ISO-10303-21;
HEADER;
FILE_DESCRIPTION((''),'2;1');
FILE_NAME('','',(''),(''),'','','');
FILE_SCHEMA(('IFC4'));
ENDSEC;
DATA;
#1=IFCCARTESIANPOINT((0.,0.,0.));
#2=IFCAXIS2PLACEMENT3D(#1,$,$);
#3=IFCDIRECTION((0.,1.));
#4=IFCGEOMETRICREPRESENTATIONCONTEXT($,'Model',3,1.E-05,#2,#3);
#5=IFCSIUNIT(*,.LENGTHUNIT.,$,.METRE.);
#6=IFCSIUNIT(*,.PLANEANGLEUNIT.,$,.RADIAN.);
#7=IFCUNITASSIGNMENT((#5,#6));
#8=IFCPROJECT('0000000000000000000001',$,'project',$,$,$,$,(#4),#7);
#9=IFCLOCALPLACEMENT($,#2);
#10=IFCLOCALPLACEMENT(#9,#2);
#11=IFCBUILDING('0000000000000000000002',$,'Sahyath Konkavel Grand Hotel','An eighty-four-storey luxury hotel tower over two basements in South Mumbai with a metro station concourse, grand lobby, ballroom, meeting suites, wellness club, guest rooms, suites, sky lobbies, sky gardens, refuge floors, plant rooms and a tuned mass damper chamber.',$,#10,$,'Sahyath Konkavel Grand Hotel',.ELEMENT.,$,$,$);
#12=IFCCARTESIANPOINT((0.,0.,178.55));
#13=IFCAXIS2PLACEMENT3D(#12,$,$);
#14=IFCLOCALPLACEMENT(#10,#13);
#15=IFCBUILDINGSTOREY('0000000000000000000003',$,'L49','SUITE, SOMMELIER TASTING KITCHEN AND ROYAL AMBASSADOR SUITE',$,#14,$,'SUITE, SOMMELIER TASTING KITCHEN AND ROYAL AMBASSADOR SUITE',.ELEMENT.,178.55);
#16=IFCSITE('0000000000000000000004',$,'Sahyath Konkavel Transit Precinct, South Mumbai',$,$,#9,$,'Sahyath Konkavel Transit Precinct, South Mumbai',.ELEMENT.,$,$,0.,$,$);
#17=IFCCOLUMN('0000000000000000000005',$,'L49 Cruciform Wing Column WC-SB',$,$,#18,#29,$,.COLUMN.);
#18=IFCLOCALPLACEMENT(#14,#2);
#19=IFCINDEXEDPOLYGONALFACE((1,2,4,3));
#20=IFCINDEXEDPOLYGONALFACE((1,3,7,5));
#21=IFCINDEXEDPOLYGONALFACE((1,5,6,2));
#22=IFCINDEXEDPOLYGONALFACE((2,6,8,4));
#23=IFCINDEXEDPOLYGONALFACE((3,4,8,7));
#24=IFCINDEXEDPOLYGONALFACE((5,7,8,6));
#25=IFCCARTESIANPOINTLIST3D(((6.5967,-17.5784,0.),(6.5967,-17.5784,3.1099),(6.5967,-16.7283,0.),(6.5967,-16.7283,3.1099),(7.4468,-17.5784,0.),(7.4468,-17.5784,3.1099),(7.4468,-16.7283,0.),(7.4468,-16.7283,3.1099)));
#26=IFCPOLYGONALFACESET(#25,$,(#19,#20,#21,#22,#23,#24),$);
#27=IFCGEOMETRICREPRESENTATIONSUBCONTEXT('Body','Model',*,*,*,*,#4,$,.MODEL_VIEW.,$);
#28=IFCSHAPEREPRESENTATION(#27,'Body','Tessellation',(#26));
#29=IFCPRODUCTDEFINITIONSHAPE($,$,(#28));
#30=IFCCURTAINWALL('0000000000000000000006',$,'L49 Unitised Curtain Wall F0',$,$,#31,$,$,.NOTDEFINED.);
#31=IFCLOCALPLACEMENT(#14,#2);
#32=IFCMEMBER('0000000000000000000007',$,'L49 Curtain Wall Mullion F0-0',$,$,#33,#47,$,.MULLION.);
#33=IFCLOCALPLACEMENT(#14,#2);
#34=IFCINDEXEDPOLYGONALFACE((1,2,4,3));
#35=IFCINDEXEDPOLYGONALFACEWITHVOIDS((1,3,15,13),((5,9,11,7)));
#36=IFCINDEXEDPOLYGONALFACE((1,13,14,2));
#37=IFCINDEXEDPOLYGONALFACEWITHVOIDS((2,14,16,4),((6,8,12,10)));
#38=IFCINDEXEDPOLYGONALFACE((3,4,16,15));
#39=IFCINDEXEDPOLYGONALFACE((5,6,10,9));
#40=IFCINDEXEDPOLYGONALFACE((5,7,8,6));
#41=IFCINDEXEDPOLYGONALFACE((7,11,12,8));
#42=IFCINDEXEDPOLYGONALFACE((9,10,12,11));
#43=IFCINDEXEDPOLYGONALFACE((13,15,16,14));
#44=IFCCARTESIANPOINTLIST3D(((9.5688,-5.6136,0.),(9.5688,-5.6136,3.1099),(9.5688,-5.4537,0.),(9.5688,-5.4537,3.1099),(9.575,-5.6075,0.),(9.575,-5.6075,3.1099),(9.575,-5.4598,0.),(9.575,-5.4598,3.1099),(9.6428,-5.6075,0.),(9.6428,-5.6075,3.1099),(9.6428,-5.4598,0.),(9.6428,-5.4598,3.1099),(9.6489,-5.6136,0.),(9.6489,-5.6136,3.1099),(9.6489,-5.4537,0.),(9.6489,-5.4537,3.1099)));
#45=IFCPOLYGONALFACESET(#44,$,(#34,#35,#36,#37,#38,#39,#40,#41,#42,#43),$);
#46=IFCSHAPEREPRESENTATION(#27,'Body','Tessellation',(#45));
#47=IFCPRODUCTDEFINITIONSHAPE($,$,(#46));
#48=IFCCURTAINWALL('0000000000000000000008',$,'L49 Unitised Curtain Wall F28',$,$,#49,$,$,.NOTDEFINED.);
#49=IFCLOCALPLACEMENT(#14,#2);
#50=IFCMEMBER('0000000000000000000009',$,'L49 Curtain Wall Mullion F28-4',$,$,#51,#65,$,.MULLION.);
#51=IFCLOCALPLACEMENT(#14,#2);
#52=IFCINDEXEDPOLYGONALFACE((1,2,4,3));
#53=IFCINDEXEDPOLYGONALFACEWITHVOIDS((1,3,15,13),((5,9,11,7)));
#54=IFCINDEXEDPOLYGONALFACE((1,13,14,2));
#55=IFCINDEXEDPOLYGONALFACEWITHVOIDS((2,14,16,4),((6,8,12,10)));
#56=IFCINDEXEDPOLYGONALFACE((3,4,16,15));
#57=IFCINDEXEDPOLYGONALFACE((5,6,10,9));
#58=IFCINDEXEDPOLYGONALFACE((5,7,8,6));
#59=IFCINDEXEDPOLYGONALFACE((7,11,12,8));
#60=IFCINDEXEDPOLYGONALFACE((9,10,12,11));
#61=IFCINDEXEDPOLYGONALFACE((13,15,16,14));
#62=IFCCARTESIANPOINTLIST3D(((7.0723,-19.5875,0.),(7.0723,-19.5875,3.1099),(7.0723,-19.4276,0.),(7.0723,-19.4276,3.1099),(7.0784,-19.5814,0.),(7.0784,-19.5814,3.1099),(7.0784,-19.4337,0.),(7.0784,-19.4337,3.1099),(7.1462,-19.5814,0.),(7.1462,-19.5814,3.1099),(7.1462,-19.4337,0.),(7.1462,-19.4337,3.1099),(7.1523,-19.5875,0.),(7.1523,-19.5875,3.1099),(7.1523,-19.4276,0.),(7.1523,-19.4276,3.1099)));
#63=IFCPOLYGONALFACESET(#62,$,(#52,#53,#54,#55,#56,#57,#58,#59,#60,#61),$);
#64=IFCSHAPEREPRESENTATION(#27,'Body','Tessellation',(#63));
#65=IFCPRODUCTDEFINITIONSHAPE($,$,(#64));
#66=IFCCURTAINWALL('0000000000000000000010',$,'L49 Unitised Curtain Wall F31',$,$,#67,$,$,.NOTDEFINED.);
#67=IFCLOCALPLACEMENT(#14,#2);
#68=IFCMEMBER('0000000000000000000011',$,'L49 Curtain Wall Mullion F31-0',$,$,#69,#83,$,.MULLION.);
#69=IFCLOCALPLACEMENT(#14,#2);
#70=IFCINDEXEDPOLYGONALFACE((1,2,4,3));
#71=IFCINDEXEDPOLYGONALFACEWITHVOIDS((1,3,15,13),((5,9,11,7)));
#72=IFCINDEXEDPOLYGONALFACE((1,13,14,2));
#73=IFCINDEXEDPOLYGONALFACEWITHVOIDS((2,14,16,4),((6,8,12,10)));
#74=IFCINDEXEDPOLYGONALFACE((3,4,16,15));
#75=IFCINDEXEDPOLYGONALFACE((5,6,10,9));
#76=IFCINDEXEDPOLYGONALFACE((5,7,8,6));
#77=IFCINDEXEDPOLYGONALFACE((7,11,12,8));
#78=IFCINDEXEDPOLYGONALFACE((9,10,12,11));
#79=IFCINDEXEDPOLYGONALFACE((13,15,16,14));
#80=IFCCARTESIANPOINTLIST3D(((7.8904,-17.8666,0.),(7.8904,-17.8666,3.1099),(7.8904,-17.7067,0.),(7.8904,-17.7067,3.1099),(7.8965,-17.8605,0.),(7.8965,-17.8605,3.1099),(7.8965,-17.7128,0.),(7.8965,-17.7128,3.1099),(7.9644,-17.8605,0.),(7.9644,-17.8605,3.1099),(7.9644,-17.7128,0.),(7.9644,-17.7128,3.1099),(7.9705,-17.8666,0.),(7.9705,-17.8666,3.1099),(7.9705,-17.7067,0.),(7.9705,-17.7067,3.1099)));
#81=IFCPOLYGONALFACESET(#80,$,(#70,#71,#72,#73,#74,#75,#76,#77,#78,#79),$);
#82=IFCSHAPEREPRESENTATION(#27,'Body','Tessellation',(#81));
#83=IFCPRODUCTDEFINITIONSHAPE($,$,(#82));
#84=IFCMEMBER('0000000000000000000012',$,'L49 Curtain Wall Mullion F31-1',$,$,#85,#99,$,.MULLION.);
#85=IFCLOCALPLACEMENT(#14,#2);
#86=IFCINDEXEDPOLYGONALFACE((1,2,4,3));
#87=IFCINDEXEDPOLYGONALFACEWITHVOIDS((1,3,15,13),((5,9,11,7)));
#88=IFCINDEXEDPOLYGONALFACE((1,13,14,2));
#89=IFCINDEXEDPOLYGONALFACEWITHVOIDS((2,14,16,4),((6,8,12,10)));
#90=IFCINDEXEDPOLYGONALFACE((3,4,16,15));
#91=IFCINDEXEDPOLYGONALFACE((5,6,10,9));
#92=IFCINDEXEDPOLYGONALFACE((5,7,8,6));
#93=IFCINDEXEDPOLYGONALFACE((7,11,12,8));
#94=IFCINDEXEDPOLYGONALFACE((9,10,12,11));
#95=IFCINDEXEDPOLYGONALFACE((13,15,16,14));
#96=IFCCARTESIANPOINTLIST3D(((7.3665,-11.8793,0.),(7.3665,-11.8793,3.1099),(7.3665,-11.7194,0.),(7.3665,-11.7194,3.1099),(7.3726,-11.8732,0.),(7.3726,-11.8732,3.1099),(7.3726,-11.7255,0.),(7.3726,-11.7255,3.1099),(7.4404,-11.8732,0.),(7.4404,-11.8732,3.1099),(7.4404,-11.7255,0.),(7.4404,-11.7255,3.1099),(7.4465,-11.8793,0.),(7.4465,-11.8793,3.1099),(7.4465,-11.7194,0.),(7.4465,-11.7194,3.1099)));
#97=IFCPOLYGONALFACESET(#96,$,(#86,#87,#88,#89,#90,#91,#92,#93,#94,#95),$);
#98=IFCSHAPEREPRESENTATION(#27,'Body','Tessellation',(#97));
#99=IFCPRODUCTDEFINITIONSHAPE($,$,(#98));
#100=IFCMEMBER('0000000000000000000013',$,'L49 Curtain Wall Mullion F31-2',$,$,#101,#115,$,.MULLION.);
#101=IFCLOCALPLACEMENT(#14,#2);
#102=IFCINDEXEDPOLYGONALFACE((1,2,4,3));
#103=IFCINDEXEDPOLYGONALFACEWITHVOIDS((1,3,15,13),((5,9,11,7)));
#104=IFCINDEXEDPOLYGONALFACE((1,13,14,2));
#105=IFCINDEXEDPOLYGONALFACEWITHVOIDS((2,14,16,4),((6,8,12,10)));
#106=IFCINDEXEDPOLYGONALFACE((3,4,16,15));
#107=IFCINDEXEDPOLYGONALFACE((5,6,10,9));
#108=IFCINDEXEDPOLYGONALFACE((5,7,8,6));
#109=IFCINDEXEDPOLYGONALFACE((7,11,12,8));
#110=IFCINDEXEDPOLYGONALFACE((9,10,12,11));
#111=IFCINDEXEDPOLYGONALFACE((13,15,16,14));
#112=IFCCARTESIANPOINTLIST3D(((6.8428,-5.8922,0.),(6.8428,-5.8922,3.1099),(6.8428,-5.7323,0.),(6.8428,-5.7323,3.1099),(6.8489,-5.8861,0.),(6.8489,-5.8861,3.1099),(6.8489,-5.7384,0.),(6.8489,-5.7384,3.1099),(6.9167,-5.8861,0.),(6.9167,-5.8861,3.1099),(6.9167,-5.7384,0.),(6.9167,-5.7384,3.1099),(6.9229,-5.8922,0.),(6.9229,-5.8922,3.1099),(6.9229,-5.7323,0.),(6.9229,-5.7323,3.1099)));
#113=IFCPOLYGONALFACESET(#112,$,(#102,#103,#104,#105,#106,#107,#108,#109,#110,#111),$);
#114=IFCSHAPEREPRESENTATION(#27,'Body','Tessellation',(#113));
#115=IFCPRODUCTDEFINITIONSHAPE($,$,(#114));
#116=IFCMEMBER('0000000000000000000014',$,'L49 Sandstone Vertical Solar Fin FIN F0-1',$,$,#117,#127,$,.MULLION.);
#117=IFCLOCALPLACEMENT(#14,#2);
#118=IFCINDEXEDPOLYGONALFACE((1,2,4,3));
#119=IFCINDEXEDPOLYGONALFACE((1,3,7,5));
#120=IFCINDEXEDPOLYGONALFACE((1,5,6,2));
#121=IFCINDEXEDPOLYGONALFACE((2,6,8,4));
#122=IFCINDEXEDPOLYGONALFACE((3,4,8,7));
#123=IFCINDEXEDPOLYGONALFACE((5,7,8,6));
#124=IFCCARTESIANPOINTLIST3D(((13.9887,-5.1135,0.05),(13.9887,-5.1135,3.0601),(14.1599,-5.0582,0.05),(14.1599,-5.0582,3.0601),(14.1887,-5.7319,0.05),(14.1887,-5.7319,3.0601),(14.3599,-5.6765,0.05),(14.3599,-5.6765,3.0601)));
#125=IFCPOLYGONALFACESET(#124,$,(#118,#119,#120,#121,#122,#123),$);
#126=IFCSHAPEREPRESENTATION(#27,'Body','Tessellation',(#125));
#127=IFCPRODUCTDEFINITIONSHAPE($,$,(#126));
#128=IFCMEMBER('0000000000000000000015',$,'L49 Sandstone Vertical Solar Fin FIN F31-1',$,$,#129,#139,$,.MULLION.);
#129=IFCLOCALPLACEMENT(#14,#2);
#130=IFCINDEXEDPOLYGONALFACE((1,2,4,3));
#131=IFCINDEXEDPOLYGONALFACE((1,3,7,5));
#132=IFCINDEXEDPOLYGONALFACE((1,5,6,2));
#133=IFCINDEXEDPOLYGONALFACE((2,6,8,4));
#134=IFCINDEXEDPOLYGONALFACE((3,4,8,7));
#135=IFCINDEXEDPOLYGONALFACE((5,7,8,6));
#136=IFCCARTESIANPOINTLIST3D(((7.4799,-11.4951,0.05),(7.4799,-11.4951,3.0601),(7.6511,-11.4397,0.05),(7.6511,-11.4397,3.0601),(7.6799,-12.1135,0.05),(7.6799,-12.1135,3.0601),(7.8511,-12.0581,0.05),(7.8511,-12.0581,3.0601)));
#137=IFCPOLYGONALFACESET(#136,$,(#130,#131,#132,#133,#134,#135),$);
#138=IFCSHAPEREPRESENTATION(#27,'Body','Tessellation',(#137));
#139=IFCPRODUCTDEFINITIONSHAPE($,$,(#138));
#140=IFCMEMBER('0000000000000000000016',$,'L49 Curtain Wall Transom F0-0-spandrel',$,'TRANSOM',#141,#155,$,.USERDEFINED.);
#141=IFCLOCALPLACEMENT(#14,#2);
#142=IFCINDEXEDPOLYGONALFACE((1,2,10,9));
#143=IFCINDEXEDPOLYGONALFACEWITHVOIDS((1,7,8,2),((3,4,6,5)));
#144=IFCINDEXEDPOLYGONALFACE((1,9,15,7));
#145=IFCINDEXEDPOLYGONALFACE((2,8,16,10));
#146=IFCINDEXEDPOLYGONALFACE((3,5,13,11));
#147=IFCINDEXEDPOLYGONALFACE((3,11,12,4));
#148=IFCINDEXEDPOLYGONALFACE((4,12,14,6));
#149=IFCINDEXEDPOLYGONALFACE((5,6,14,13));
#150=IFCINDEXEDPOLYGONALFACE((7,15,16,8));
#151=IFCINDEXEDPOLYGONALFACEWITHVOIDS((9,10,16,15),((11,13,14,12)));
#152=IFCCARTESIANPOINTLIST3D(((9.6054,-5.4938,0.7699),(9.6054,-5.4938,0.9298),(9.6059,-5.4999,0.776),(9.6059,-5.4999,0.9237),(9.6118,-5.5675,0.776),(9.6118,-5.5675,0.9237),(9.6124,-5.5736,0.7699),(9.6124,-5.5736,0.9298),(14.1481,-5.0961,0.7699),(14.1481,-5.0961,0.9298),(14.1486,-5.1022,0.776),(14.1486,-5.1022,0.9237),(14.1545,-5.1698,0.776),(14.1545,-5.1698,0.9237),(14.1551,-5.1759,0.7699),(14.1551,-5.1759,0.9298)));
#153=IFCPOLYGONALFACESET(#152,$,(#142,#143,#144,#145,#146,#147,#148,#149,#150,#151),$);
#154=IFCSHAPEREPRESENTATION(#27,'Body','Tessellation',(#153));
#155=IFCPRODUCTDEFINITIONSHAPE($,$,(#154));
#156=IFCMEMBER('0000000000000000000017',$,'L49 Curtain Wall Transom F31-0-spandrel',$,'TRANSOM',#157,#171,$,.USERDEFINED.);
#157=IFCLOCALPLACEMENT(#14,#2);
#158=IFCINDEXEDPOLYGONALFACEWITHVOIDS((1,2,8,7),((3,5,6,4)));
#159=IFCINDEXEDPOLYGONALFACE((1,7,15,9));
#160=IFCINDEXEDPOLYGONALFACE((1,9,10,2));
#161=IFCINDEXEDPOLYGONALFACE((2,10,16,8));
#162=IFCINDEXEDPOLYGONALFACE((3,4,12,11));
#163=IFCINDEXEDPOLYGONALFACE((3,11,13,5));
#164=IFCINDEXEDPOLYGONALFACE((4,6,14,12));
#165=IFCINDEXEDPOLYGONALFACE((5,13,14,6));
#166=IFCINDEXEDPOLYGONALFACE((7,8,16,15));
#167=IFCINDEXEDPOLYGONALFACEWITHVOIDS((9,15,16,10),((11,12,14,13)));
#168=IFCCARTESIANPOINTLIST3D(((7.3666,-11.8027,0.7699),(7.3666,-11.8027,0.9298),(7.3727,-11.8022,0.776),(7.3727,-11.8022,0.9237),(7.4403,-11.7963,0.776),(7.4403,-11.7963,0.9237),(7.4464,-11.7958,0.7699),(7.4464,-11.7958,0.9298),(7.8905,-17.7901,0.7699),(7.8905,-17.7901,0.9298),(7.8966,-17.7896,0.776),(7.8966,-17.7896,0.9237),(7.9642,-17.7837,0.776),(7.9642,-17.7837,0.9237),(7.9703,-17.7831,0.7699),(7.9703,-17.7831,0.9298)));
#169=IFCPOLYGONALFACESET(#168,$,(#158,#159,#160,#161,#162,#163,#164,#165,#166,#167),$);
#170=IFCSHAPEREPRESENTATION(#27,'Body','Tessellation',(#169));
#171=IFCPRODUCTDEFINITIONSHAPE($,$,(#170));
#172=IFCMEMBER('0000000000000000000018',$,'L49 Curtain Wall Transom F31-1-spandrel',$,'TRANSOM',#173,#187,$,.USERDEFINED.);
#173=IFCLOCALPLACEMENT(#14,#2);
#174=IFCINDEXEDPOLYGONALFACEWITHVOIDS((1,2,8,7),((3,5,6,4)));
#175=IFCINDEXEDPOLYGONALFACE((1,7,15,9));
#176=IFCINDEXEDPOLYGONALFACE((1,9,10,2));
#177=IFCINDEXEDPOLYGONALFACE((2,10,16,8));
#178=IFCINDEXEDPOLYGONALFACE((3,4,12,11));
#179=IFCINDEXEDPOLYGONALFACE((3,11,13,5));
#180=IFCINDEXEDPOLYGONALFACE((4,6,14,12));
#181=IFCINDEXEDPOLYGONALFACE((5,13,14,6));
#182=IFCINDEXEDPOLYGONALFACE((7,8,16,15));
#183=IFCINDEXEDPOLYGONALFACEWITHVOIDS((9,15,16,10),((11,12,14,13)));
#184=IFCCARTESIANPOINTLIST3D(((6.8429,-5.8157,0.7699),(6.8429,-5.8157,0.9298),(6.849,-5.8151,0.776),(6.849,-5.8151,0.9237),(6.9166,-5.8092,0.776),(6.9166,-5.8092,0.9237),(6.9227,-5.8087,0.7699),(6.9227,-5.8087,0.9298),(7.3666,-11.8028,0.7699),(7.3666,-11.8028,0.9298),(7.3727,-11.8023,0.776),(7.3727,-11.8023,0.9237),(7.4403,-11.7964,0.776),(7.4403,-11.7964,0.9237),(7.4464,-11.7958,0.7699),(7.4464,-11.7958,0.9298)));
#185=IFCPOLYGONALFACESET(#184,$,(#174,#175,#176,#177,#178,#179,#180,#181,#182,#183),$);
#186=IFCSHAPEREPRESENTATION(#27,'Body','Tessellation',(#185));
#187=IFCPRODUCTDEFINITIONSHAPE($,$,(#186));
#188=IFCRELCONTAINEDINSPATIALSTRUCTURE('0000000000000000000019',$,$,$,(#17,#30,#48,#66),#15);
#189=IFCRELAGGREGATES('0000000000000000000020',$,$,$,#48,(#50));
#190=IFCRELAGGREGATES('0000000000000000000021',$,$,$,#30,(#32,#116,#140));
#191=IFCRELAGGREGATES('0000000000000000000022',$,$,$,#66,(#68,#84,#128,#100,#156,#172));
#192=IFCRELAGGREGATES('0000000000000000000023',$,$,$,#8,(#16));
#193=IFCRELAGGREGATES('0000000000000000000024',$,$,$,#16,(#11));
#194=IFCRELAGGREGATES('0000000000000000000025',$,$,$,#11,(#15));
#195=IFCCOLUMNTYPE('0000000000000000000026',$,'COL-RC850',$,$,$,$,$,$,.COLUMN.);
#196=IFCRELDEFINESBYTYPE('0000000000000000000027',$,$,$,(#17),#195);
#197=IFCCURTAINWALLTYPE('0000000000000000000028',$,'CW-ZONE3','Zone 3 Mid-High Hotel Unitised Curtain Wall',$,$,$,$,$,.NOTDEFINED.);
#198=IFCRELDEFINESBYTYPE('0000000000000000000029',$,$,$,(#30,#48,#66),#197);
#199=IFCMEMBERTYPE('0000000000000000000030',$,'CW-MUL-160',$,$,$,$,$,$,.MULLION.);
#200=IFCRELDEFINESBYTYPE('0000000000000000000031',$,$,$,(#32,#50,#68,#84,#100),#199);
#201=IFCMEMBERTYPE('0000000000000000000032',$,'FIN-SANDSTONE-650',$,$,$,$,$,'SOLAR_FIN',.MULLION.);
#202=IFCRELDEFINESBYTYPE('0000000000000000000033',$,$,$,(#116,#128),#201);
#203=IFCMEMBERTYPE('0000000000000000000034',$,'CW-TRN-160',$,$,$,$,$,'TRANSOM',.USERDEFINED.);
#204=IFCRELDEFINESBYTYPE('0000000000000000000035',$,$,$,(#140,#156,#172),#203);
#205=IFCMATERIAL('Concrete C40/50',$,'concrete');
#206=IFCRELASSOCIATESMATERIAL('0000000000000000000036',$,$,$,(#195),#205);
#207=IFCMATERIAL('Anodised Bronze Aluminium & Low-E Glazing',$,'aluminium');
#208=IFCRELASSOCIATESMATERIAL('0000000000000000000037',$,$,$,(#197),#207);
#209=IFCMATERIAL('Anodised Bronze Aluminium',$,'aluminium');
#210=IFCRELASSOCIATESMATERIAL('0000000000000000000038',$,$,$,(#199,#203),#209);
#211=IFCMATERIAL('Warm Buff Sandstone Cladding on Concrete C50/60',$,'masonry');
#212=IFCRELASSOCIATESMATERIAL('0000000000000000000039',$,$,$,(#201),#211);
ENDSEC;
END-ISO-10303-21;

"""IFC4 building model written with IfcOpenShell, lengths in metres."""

from ifc_helpers import new_model, si_unit, direction, frame, origin, origin_2d, place, context, subcontext, project, spatial, rectangle, hollow_rectangle, extrude, source, transform, mapped, material, material_profile, profile_set, type_object, element, aggregate, save


model = new_model("IFC4")

# Units and contexts
model_context = context("Model", 3, precision=1e-05, world=origin(), true_north=direction((0.0, 1.0)))
body_context = subcontext(model_context, "Body", "Model", "MODEL_VIEW")
ifc_project = project(units=[si_unit("LENGTHUNIT", "METRE"), si_unit("PLANEANGLEUNIT", "RADIAN")], contexts=[model_context])

# Site, building, storey
site_placement = place(None, origin())
site = spatial("IfcSite", under=ifc_project, at=site_placement, Name="Sahyath Konkavel Transit Precinct, South Mumbai", LongName="Sahyath Konkavel Transit Precinct, South Mumbai", CompositionType="ELEMENT", RefElevation=0.0)
building_placement = place(site_placement, origin())
building = spatial("IfcBuilding", under=site, at=building_placement, Name="Sahyath Konkavel Grand Hotel", Description="An eighty-four-storey luxury hotel tower over two basements in South Mumbai with a metro station concourse, grand lobby, ballroom, meeting suites, wellness club, guest rooms, suites, sky lobbies, sky gardens, refuge floors, plant rooms and a tuned mass damper chamber.", LongName="Sahyath Konkavel Grand Hotel", CompositionType="ELEMENT")
storey_placement = place(building_placement, frame((0.0, 0.0, 178.55)))
storey = spatial("IfcBuildingStorey", under=building, at=storey_placement, Name="L49", Description="SUITE, SOMMELIER TASTING KITCHEN AND ROYAL AMBASSADOR SUITE", LongName="SUITE, SOMMELIER TASTING KITCHEN AND ROYAL AMBASSADOR SUITE", CompositionType="ELEMENT", Elevation=178.55)

# Column
ifc_material_1 = material(Name="Concrete C40/50", Category="concrete")
ifc_material_profile_1 = material_profile(ifc_material_1, rectangle(XDim=0.8501, YDim=0.8501, at=origin_2d()), Name="RC 850x850")
ifc_profile_set_1 = profile_set([ifc_material_profile_1], Name="Concrete C40/50")
column_type = type_object("IfcColumnType", Name="COL-RC850", PredefinedType="COLUMN", material=ifc_profile_set_1)
shared_shape_1 = source(origin(), body_context, "Body", "SweptSolid", [
    extrude(rectangle(XDim=0.8501, YDim=0.8501, at=origin_2d()), origin(), (0.0, 0.0, 1.0), 3.1099),
])
column_placement = place(storey_placement, frame((7.0217, -17.1533, 0.0), z_axis=(0.0, 0.0, 1.0), x_axis=(1.0, 0.0, 0.0)))
element("IfcColumn", 1, at=column_placement, inside=storey, type_object=column_type, Name="L49 Cruciform Wing Column WC-SB", PredefinedType="COLUMN", context=body_context, shape_type="MappedRepresentation", body=[
    mapped(shared_shape_1, transform((0.0, 0.0, 0.0), scale=1.0)),
])

# Curtain walls, members
ifc_material_2 = material(Name="Anodised Bronze Aluminium & Low-E Glazing", Category="aluminium")
curtain_wall_type = type_object("IfcCurtainWallType", Name="CW-ZONE3", Description="Zone 3 Mid-High Hotel Unitised Curtain Wall", PredefinedType="NOTDEFINED", material=ifc_material_2)
curtain_wall_1_placement = place(storey_placement, origin())
curtain_wall_1 = element("IfcCurtainWall", 2, at=curtain_wall_1_placement, inside=storey, type_object=curtain_wall_type, Name="L49 Unitised Curtain Wall F0", PredefinedType="NOTDEFINED")
ifc_material_3 = material(Name="Anodised Bronze Aluminium", Category="aluminium")
ifc_material_profile_2 = material_profile(ifc_material_3, hollow_rectangle(XDim=0.0801, YDim=0.1599, WallThickness=0.0061, at=origin_2d()), Name="RHS 160x80x6")
ifc_profile_set_2 = profile_set([ifc_material_profile_2], Name="Anodised Bronze Aluminium")
member_type_1 = type_object("IfcMemberType", Name="CW-MUL-160", PredefinedType="MULLION", material=ifc_profile_set_2)
shared_shape_2 = source(origin(), body_context, "Body", "SweptSolid", [
    extrude(hollow_rectangle(XDim=0.0801, YDim=0.1599, WallThickness=0.0061, at=origin_2d()), origin(), (0.0, 0.0, 1.0), 3.1099),
])
member_1_placement = place(storey_placement, frame((9.6089, -5.5337, 0.0), z_axis=(0.0, 0.0, 1.0), x_axis=(1.0, 0.0, 0.0)))
member_1 = element("IfcMember", 3, at=member_1_placement, type_object=member_type_1, Name="L49 Curtain Wall Mullion F0-0", PredefinedType="MULLION", context=body_context, shape_type="MappedRepresentation", body=[
    mapped(shared_shape_2, transform((0.0, 0.0, 0.0), scale=1.0)),
])
curtain_wall_2_placement = place(storey_placement, origin())
curtain_wall_2 = element("IfcCurtainWall", 4, at=curtain_wall_2_placement, inside=storey, type_object=curtain_wall_type, Name="L49 Unitised Curtain Wall F28", PredefinedType="NOTDEFINED")
member_2_placement = place(storey_placement, frame((7.1123, -19.5076, 0.0), z_axis=(0.0, 0.0, 1.0), x_axis=(1.0, 0.0, 0.0)))
member_2 = element("IfcMember", 5, at=member_2_placement, type_object=member_type_1, Name="L49 Curtain Wall Mullion F28-4", PredefinedType="MULLION", context=body_context, shape_type="MappedRepresentation", body=[
    mapped(shared_shape_2, transform((0.0, 0.0, 0.0), scale=1.0)),
])
aggregate(curtain_wall_2, [member_2])

# Curtain wall, members
curtain_wall_3_placement = place(storey_placement, origin())
curtain_wall_3 = element("IfcCurtainWall", 6, at=curtain_wall_3_placement, inside=storey, type_object=curtain_wall_type, Name="L49 Unitised Curtain Wall F31", PredefinedType="NOTDEFINED")
member_3_placement = place(storey_placement, frame((7.9304, -17.7866, 0.0), z_axis=(0.0, 0.0, 1.0), x_axis=(1.0, 0.0, 0.0)))
member_3 = element("IfcMember", 7, at=member_3_placement, type_object=member_type_1, Name="L49 Curtain Wall Mullion F31-0", PredefinedType="MULLION", context=body_context, shape_type="MappedRepresentation", body=[
    mapped(shared_shape_2, transform((0.0, 0.0, 0.0), scale=1.0)),
])
member_4_placement = place(storey_placement, frame((7.4065, -11.7993, 0.0), z_axis=(0.0, 0.0, 1.0), x_axis=(1.0, 0.0, 0.0)))
member_4 = element("IfcMember", 8, at=member_4_placement, type_object=member_type_1, Name="L49 Curtain Wall Mullion F31-1", PredefinedType="MULLION", context=body_context, shape_type="MappedRepresentation", body=[
    mapped(shared_shape_2, transform((0.0, 0.0, 0.0), scale=1.0)),
])
member_5_placement = place(storey_placement, frame((6.8828, -5.8123, 0.0), z_axis=(0.0, 0.0, 1.0), x_axis=(1.0, 0.0, 0.0)))
member_5 = element("IfcMember", 9, at=member_5_placement, type_object=member_type_1, Name="L49 Curtain Wall Mullion F31-2", PredefinedType="MULLION", context=body_context, shape_type="MappedRepresentation", body=[
    mapped(shared_shape_2, transform((0.0, 0.0, 0.0), scale=1.0)),
])

# Members
ifc_material_4 = material(Name="Warm Buff Sandstone Cladding on Concrete C50/60", Category="masonry")
ifc_material_profile_3 = material_profile(ifc_material_4, rectangle(XDim=0.1799, YDim=0.6499, at=origin_2d()), Name="FIN 180x650")
ifc_profile_set_3 = profile_set([ifc_material_profile_3], Name="Warm Buff Sandstone Cladding on Concrete C50/60")
member_type_2 = type_object("IfcMemberType", Name="FIN-SANDSTONE-650", ElementType="SOLAR_FIN", PredefinedType="MULLION", material=ifc_profile_set_3)
shared_shape_3 = source(origin(), body_context, "Body", "SweptSolid", [
    extrude(rectangle(XDim=0.1799, YDim=0.6499, at=origin_2d()), origin(), (0.0, 0.0, 1.0), 3.01),
])
member_6_placement = place(storey_placement, frame((14.1743, -5.395, 0.05), z_axis=(0.0, 0.0, 1.0), x_axis=(0.951487, 0.307689, 0.0)))
member_6 = element("IfcMember", 10, at=member_6_placement, type_object=member_type_2, Name="L49 Sandstone Vertical Solar Fin FIN F0-1", PredefinedType="MULLION", context=body_context, shape_type="MappedRepresentation", body=[
    mapped(shared_shape_3, transform((0.0, 0.0, 0.0), scale=1.0)),
])
member_7_placement = place(storey_placement, frame((7.6655, -11.7766, 0.05), z_axis=(0.0, 0.0, 1.0), x_axis=(0.951487, 0.307689, 0.0)))
member_7 = element("IfcMember", 11, at=member_7_placement, type_object=member_type_2, Name="L49 Sandstone Vertical Solar Fin FIN F31-1", PredefinedType="MULLION", context=body_context, shape_type="MappedRepresentation", body=[
    mapped(shared_shape_3, transform((0.0, 0.0, 0.0), scale=1.0)),
])
ifc_material_profile_4 = material_profile(ifc_material_3, hollow_rectangle(XDim=0.0801, YDim=0.1599, WallThickness=0.0061, at=origin_2d()), Name="RHS 160x80x6")
ifc_profile_set_4 = profile_set([ifc_material_profile_4], Name="Anodised Bronze Aluminium")
member_type_3 = type_object("IfcMemberType", Name="CW-TRN-160", ElementType="TRANSOM", PredefinedType="USERDEFINED", material=ifc_profile_set_4)
shared_shape_4 = source(origin(), body_context, "Body", "SweptSolid", [
    extrude(hollow_rectangle(XDim=0.0801, YDim=0.1599, WallThickness=0.0061, at=origin_2d()), origin(), (0.0, 0.0, 1.0), 4.5601),
])
member_8_placement = place(storey_placement, frame((9.6089, -5.5337, 0.8499), z_axis=(0.99619, 0.087214, 0.0), x_axis=(-0.087214, 0.99619, 0.0)))
member_8 = element("IfcMember", 12, at=member_8_placement, type_object=member_type_3, Name="L49 Curtain Wall Transom F0-0-spandrel", ObjectType="TRANSOM", PredefinedType="USERDEFINED", context=body_context, shape_type="MappedRepresentation", body=[
    mapped(shared_shape_4, transform((0.0, 0.0, 0.0), scale=1.0)),
])
shared_shape_5 = source(origin(), body_context, "Body", "SweptSolid", [
    extrude(hollow_rectangle(XDim=0.0801, YDim=0.1599, WallThickness=0.0061, at=origin_2d()), origin(), (0.0, 0.0, 1.0), 6.0103),
])
member_9_placement = place(storey_placement, frame((7.9304, -17.7866, 0.8499), z_axis=(-0.087173, 0.996193, 0.0), x_axis=(-0.996193, -0.087173, 0.0)))
member_9 = element("IfcMember", 13, at=member_9_placement, type_object=member_type_3, Name="L49 Curtain Wall Transom F31-0-spandrel", ObjectType="TRANSOM", PredefinedType="USERDEFINED", context=body_context, shape_type="MappedRepresentation", body=[
    mapped(shared_shape_5, transform((0.0, 0.0, 0.0), scale=1.0)),
])
shared_shape_6 = source(origin(), body_context, "Body", "SweptSolid", [
    extrude(hollow_rectangle(XDim=0.0801, YDim=0.1599, WallThickness=0.0061, at=origin_2d()), origin(), (0.0, 0.0, 1.0), 6.01),
])
member_10_placement = place(storey_placement, frame((7.4065, -11.7993, 0.8499), z_axis=(-0.087136, 0.996196, 0.0), x_axis=(-0.996196, -0.087136, 0.0)))
member_10 = element("IfcMember", 14, at=member_10_placement, type_object=member_type_3, Name="L49 Curtain Wall Transom F31-1-spandrel", ObjectType="TRANSOM", PredefinedType="USERDEFINED", context=body_context, shape_type="MappedRepresentation", body=[
    mapped(shared_shape_6, transform((0.0, 0.0, 0.0), scale=1.0)),
])

aggregate(curtain_wall_1, [member_1, member_6, member_8])
aggregate(curtain_wall_3, [member_3, member_4, member_7, member_5, member_9, member_10])

save(model, "model.ifc")
